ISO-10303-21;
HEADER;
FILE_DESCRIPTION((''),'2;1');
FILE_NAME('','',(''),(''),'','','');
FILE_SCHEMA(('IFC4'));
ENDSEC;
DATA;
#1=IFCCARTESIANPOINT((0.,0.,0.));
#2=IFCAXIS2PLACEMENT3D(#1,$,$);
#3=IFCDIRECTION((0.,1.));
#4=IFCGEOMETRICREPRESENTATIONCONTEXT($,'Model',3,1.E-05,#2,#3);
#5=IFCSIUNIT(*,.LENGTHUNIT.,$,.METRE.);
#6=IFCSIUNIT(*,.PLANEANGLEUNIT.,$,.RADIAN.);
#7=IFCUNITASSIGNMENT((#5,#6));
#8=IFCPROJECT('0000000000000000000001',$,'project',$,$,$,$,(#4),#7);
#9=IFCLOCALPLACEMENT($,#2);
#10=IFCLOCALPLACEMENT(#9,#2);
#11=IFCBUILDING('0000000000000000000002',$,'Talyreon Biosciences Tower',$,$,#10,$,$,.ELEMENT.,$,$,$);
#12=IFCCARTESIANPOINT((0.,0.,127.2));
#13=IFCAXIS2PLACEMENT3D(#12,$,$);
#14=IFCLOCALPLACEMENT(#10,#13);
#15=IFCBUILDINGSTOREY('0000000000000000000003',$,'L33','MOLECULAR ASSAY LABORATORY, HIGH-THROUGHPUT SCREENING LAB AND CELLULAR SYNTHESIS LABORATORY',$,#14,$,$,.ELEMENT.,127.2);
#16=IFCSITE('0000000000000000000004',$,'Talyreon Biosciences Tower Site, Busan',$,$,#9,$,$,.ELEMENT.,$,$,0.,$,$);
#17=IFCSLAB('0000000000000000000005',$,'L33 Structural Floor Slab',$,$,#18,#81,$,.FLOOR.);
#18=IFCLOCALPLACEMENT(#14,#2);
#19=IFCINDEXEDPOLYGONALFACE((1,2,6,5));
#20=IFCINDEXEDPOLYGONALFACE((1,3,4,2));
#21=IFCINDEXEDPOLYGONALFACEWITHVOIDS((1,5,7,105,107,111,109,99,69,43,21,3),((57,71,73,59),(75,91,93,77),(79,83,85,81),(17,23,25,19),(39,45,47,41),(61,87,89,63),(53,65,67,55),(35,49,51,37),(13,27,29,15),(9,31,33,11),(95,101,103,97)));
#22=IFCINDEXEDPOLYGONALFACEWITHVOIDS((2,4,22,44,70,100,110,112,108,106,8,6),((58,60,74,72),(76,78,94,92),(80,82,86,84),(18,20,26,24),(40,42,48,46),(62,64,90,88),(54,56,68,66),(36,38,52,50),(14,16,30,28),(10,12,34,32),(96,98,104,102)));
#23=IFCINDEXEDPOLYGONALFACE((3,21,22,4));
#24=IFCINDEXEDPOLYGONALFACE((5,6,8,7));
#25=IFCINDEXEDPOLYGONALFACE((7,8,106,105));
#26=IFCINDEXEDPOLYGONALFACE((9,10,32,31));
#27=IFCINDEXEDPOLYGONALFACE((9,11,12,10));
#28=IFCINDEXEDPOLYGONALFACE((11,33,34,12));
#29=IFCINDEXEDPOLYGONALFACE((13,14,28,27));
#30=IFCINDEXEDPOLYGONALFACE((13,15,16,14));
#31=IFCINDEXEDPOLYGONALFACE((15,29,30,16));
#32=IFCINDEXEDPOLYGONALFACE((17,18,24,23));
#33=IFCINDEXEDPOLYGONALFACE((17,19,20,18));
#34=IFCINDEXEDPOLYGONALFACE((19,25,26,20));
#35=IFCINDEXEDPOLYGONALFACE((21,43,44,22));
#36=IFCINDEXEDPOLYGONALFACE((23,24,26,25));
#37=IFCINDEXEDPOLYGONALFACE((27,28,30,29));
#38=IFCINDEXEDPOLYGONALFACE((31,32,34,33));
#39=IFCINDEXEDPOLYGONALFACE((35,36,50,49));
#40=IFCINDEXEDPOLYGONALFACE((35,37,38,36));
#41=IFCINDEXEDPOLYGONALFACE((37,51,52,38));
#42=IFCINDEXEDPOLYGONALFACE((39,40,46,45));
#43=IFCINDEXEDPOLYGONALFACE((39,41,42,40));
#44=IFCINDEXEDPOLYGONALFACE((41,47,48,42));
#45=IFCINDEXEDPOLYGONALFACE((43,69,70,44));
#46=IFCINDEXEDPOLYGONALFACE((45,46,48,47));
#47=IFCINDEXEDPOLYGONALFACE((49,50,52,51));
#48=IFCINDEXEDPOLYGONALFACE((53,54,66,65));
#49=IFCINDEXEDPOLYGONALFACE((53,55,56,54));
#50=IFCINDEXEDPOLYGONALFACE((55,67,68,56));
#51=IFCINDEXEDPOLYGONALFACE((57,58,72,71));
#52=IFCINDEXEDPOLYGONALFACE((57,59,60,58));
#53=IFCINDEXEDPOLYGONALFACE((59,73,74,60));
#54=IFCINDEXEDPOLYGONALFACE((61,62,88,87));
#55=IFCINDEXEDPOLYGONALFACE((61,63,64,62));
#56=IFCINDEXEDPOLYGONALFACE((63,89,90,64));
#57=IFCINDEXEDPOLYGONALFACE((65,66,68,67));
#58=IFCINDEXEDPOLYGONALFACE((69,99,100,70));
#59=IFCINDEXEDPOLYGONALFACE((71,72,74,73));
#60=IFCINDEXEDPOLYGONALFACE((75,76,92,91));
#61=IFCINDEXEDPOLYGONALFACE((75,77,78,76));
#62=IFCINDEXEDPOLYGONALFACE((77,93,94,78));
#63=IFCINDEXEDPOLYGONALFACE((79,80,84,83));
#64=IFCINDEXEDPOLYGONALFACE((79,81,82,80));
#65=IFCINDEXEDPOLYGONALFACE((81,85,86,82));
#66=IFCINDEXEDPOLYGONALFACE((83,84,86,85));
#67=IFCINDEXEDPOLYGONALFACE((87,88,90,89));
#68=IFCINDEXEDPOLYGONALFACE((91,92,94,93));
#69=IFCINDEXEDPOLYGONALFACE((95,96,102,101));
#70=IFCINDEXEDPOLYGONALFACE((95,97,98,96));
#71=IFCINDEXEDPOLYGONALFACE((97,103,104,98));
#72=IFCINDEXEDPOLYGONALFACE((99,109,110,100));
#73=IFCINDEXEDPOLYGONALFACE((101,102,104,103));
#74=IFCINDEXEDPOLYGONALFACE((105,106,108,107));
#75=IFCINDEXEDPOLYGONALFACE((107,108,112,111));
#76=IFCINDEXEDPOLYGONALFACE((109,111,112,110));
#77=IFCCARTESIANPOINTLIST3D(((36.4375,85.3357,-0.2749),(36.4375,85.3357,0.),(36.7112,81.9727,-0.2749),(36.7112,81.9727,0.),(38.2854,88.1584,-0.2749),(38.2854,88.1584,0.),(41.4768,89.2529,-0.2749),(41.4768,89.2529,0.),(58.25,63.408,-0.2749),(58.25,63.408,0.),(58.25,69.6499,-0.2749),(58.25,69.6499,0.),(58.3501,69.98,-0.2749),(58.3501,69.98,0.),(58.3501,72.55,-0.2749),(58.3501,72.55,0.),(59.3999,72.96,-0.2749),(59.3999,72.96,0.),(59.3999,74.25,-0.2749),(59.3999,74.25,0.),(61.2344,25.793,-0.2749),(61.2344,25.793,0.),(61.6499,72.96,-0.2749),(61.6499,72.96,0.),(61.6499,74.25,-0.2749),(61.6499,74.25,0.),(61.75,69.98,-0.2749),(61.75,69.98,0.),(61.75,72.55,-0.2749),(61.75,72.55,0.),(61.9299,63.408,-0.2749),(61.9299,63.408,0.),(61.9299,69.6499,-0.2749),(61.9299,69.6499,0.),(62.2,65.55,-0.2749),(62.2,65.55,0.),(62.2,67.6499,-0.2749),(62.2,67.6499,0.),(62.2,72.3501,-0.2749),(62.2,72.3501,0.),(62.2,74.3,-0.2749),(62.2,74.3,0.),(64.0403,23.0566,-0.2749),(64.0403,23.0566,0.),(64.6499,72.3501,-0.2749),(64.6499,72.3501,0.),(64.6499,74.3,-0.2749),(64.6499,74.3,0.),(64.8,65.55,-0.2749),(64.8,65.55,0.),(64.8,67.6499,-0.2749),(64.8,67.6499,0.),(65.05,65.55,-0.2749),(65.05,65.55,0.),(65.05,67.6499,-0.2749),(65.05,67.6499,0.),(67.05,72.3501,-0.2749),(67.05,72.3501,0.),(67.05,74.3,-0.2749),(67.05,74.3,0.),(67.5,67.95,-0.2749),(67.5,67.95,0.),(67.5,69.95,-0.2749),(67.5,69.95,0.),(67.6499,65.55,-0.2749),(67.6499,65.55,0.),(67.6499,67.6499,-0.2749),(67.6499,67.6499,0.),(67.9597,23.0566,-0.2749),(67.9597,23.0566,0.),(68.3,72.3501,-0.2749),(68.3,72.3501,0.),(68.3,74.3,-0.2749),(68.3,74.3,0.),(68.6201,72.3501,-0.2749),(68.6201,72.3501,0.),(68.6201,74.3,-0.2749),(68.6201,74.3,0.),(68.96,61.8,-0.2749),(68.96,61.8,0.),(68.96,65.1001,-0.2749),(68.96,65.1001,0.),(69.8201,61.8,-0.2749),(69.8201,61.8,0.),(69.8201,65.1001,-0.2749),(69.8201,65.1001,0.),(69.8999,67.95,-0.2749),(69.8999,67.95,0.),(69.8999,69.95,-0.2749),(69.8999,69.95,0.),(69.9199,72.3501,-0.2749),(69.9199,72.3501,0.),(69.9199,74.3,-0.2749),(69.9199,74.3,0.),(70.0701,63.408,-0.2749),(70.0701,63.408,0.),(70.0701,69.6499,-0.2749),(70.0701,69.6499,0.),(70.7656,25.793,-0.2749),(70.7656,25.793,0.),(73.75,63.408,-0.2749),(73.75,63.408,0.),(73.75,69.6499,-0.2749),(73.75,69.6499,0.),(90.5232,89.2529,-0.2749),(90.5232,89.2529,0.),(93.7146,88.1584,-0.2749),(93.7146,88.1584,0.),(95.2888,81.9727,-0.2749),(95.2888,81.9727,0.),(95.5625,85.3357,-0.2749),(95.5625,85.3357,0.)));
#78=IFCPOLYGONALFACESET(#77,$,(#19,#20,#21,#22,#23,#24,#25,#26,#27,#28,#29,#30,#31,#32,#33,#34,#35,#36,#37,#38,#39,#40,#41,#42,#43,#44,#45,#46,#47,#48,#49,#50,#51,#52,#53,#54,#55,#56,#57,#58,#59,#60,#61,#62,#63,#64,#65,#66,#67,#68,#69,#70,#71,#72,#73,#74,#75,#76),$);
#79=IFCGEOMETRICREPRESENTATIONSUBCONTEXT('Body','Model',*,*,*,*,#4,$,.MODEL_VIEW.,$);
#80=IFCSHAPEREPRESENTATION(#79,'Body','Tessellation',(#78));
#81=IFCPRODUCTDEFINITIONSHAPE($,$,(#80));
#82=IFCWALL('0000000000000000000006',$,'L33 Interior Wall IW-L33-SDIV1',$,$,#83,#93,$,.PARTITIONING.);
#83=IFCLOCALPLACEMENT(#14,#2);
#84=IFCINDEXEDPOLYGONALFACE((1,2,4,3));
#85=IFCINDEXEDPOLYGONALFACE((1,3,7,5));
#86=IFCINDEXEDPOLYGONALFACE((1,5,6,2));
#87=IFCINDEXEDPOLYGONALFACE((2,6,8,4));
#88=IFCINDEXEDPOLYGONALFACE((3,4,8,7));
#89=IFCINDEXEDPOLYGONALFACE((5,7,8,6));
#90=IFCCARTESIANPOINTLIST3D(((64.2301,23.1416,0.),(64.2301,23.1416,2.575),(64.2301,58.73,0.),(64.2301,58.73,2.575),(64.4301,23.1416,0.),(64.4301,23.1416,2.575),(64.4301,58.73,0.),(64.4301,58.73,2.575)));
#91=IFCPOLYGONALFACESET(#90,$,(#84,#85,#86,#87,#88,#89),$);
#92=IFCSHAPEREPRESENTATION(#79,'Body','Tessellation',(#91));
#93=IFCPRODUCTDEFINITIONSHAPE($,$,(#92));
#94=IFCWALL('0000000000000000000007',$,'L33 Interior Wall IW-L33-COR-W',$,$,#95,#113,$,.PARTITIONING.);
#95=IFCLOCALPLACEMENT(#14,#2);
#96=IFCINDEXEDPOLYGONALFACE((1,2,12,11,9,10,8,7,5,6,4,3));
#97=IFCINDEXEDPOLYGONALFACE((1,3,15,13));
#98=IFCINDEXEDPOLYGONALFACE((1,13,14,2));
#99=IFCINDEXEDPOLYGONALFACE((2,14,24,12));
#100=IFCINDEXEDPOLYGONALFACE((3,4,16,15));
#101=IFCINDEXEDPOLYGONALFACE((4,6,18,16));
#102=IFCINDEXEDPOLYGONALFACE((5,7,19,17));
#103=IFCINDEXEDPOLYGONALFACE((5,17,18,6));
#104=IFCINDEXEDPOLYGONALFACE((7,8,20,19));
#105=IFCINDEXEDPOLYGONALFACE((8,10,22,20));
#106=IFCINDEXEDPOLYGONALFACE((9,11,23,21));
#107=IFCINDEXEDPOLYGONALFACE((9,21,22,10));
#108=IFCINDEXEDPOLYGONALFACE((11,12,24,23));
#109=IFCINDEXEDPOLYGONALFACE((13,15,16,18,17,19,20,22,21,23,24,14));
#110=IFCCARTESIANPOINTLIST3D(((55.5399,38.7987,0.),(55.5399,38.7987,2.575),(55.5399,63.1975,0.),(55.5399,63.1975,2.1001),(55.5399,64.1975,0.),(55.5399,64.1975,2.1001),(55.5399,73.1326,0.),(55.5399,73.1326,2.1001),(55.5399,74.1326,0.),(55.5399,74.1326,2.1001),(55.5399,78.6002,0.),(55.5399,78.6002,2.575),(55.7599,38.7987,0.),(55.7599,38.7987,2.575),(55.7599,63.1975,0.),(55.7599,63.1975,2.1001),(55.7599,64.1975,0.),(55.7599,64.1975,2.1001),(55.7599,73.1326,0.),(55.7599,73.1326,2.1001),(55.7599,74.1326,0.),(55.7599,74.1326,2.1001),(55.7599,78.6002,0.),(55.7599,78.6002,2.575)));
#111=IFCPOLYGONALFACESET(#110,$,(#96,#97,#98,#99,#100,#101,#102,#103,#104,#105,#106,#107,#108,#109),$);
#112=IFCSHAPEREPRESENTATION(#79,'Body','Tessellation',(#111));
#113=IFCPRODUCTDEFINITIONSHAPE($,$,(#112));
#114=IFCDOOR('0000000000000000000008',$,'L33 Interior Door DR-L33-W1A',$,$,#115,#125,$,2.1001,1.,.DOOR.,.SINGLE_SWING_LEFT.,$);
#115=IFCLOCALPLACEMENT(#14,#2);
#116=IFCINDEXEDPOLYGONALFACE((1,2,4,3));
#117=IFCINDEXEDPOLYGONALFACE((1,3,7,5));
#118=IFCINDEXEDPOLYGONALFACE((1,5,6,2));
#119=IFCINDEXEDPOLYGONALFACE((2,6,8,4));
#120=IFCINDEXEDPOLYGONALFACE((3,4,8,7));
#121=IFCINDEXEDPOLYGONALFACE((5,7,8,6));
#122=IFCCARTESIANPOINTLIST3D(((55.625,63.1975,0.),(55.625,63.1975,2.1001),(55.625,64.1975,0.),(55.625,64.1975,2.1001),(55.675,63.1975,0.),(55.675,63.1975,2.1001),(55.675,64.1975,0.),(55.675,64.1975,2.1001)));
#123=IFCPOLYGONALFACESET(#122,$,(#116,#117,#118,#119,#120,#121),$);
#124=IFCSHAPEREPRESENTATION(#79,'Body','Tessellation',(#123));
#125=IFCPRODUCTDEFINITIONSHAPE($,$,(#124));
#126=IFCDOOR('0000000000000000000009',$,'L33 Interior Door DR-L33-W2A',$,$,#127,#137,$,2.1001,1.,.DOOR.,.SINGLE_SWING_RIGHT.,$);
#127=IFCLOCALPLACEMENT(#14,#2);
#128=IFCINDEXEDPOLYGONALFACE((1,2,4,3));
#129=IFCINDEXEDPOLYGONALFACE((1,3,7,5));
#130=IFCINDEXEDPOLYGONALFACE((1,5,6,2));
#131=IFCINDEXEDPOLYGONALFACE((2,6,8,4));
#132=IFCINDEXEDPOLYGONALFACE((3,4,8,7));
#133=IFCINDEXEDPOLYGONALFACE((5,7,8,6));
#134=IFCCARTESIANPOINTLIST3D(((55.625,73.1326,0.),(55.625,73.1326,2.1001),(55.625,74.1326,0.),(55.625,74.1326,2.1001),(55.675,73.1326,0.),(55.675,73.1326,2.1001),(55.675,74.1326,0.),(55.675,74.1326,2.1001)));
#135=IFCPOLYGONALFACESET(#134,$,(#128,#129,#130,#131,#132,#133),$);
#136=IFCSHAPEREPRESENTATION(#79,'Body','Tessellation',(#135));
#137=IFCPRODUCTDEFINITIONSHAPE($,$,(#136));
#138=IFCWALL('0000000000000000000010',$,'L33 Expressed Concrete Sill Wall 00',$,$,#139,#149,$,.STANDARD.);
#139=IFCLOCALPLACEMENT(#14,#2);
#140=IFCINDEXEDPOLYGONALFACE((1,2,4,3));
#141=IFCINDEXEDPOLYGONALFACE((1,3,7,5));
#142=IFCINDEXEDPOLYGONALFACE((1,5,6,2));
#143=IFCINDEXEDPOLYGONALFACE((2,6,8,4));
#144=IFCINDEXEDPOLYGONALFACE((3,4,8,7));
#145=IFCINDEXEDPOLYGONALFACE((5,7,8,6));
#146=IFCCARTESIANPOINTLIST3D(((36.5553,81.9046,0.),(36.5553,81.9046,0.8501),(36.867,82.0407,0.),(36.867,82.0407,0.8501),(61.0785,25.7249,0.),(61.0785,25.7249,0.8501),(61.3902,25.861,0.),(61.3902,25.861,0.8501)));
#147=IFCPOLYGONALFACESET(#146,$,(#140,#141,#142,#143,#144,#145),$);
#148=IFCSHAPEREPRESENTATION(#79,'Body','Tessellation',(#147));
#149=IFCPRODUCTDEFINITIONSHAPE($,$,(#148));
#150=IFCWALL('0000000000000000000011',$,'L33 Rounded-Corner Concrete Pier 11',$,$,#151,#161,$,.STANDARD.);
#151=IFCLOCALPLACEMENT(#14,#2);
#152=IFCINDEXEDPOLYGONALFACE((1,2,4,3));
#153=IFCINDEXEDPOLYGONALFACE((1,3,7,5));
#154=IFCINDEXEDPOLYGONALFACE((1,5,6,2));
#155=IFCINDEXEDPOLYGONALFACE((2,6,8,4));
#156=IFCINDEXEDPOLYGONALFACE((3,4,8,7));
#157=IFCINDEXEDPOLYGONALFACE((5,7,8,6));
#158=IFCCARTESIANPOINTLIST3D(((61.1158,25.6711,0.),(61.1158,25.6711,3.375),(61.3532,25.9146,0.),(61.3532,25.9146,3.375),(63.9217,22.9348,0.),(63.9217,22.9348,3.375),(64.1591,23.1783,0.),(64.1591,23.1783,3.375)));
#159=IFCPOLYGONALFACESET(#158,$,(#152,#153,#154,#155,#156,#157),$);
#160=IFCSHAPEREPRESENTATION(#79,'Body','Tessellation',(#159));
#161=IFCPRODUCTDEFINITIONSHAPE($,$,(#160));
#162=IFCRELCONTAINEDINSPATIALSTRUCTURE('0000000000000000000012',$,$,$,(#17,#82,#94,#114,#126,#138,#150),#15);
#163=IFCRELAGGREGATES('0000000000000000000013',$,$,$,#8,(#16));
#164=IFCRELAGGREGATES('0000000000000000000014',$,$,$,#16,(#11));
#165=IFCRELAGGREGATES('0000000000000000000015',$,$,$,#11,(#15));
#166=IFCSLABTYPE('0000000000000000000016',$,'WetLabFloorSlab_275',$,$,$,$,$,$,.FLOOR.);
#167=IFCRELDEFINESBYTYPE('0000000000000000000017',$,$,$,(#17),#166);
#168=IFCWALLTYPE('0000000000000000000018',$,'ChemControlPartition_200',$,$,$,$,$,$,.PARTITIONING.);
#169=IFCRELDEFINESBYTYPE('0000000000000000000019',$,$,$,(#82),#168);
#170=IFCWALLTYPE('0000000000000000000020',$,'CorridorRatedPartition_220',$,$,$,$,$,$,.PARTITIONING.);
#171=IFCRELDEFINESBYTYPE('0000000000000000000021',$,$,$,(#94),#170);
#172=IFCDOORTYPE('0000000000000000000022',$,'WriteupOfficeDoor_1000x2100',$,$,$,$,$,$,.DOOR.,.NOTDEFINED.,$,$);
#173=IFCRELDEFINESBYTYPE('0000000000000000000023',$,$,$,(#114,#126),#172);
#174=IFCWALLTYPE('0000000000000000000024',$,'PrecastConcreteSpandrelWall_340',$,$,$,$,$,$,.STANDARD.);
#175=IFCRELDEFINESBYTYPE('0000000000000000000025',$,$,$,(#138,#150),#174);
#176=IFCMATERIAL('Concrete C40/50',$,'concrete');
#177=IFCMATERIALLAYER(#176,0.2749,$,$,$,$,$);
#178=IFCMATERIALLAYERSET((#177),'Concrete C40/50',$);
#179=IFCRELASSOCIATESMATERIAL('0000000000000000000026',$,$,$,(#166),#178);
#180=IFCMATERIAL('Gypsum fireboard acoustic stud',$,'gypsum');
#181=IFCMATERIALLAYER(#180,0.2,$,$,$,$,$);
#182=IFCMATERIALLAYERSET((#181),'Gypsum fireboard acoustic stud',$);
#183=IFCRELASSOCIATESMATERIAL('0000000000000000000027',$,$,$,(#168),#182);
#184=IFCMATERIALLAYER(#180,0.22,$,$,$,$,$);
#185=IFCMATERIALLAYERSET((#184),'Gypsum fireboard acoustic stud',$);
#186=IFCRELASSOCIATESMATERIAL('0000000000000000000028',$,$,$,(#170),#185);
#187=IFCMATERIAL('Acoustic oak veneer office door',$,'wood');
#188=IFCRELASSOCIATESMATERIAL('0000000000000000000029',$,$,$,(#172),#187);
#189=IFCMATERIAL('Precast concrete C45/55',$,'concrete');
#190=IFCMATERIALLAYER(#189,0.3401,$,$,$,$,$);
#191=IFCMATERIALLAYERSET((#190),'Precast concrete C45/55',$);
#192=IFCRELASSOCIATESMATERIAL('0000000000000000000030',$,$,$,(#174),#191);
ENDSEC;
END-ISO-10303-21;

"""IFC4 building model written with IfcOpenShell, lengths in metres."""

from ifc_helpers import new_model, si_unit, direction, frame, frame_2d, origin, place, context, subcontext, project, spatial, polyline, rectangle, outline, extrude, material, layer, layer_set, type_object, element, fill, save


model = new_model("IFC4")

# Units and contexts
model_context = context("Model", 3, precision=1e-05, world=origin(), true_north=direction((0.0, 1.0)))
body_context = subcontext(model_context, "Body", "Model", "MODEL_VIEW")
ifc_project = project(units=[si_unit("LENGTHUNIT", "METRE"), si_unit("PLANEANGLEUNIT", "RADIAN")], contexts=[model_context])

# Site, building, storey
site_placement = place(None, origin())
site = spatial("IfcSite", under=ifc_project, at=site_placement, Name="Talyreon Biosciences Tower Site, Busan", CompositionType="ELEMENT", RefElevation=0.0)
building_placement = place(site_placement, origin())
building = spatial("IfcBuilding", under=site, at=building_placement, Name="Talyreon Biosciences Tower", CompositionType="ELEMENT")
storey_placement = place(building_placement, frame((0.0, 0.0, 127.2)))
storey = spatial("IfcBuildingStorey", under=building, at=storey_placement, Name="L33", Description="MOLECULAR ASSAY LABORATORY, HIGH-THROUGHPUT SCREENING LAB AND CELLULAR SYNTHESIS LABORATORY", CompositionType="ELEMENT", Elevation=127.2)

# Shared definitions
ifc_material_1 = material(Name="Precast concrete C45/55", Category="concrete")

# Shared definitions
ifc_material_2 = material(Name="Concrete C40/50", Category="concrete")

# Slab
ifc_layer_1 = layer(ifc_material_2, 0.2749)
ifc_layer_set_1 = layer_set([ifc_layer_1], Name="Concrete C40/50")
slab_type_1 = type_object("IfcSlabType", Name="WetLabFloorSlab_275", PredefinedType="FLOOR", material=ifc_layer_set_1)
slab_1_placement = place(storey_placement, frame((0.0, 0.0, -0.2749)))
element("IfcSlab", 1, at=slab_1_placement, inside=storey, type_object=slab_type_1, Name="L33 Structural Floor Slab", PredefinedType="FLOOR", context=body_context, shape_type="SweptSolid", body=[
    extrude(outline(polyline([(61.2344, 25.793), (36.7112, 81.9727), (36.4375, 85.3357), (38.2854, 88.1584), (41.4768, 89.2529), (90.5232, 89.2529), (93.7146, 88.1584), (95.5625, 85.3357), (95.2888, 81.9727), (70.7656, 25.793), (67.9597, 23.0566), (64.0403, 23.0566), (61.2344, 25.793)]), holes=[polyline([(61.9299, 69.6499), (61.9299, 63.408), (58.25, 63.408), (58.25, 69.6499), (61.9299, 69.6499)]), polyline([(64.8, 67.6499), (64.8, 65.55), (62.2, 65.55), (62.2, 67.6499), (64.8, 67.6499)]), polyline([(67.6499, 67.6499), (67.6499, 65.55), (65.05, 65.55), (65.05, 67.6499), (67.6499, 67.6499)]), polyline([(61.75, 69.98), (58.3501, 69.98), (58.3501, 72.55), (61.75, 72.55), (61.75, 69.98)]), polyline([(64.6499, 72.3501), (62.2, 72.3501), (62.2, 74.3), (64.6499, 74.3), (64.6499, 72.3501)]), polyline([(61.6499, 74.25), (61.6499, 72.96), (59.3999, 72.96), (59.3999, 74.25), (61.6499, 74.25)]), polyline([(69.8201, 61.8), (68.96, 61.8), (68.96, 65.1001), (69.8201, 65.1001), (69.8201, 61.8)]), polyline([(73.75, 63.408), (70.0701, 63.408), (70.0701, 69.6499), (73.75, 69.6499), (73.75, 63.408)]), polyline([(69.8999, 69.95), (69.8999, 67.95), (67.5, 67.95), (67.5, 69.95), (69.8999, 69.95)]), polyline([(68.3, 72.3501), (67.05, 72.3501), (67.05, 74.3), (68.3, 74.3), (68.3, 72.3501)]), polyline([(69.9199, 72.3501), (68.6201, 72.3501), (68.6201, 74.3), (69.9199, 74.3), (69.9199, 72.3501)])]), origin(), (0.0, 0.0, 1.0), 0.2749),
])

# Wall
ifc_material_3 = material(Name="Gypsum fireboard acoustic stud", Category="gypsum")
ifc_layer_2 = layer(ifc_material_3, 0.2)
ifc_layer_set_2 = layer_set([ifc_layer_2], Name="Gypsum fireboard acoustic stud")
wall_type_1 = type_object("IfcWallType", Name="ChemControlPartition_200", PredefinedType="PARTITIONING", material=ifc_layer_set_2)
wall_1_placement = place(storey_placement, frame((64.3301, 23.1416, 0.0), z_axis=(0.0, 0.0, 1.0), x_axis=(0.0, 1.0, 0.0)))
element("IfcWall", 2, at=wall_1_placement, inside=storey, type_object=wall_type_1, Name="L33 Interior Wall IW-L33-SDIV1", PredefinedType="PARTITIONING", context=body_context, shape_type="SweptSolid", body=[
    extrude(rectangle(XDim=35.5884, YDim=0.2, at=frame_2d((17.7942, 0.0))), origin(), (0.0, 0.0, 1.0), 2.575),
])

# Wall, openings, doors
ifc_layer_3 = layer(ifc_material_3, 0.22)
ifc_layer_set_3 = layer_set([ifc_layer_3], Name="Gypsum fireboard acoustic stud")
wall_type_2 = type_object("IfcWallType", Name="CorridorRatedPartition_220", PredefinedType="PARTITIONING", material=ifc_layer_set_3)
wall_2_placement = place(storey_placement, frame((55.6499, 38.7986, 0.0), z_axis=(0.0, 0.0, 1.0), x_axis=(0.0, 1.0, 0.0)))
wall_2 = element("IfcWall", 3, at=wall_2_placement, inside=storey, type_object=wall_type_2, Name="L33 Interior Wall IW-L33-COR-W", PredefinedType="PARTITIONING", context=body_context, shape_type="SweptSolid", body=[
    extrude(rectangle(XDim=39.8015, YDim=0.22, at=frame_2d((19.9009, 0.0))), origin(), (0.0, 0.0, 1.0), 2.575),
])
opening_1_placement = place(wall_2_placement, frame((24.3989, 0.0, 0.0)))
opening_1 = element("IfcOpeningElement", 4, at=opening_1_placement, cuts=wall_2, PredefinedType="OPENING", context=body_context, shape_type="SweptSolid", body=[
    extrude(rectangle(XDim=1.0, YDim=2.1001, at=frame_2d((0.5, 1.05))), frame((0.0, 0.1199, 0.0), z_axis=(0.0, -1.0, 0.0), x_axis=(1.0, 0.0, 0.0)), (0.0, 0.0, 1.0), 0.24),
])
opening_2_placement = place(wall_2_placement, frame((34.334, 0.0, 0.0)))
opening_2 = element("IfcOpeningElement", 5, at=opening_2_placement, cuts=wall_2, PredefinedType="OPENING", context=body_context, shape_type="SweptSolid", body=[
    extrude(rectangle(XDim=1.0, YDim=2.1001, at=frame_2d((0.5, 1.05))), frame((0.0, 0.1199, 0.0), z_axis=(0.0, -1.0, 0.0), x_axis=(1.0, 0.0, 0.0)), (0.0, 0.0, 1.0), 0.24),
])
ifc_material_4 = material(Name="Acoustic oak veneer office door", Category="wood")
door_type = type_object("IfcDoorType", Name="WriteupOfficeDoor_1000x2100", OperationType="NOTDEFINED", PredefinedType="DOOR", material=ifc_material_4)
door_1_placement = place(opening_1_placement, origin())
door_1 = element("IfcDoor", 6, at=door_1_placement, inside=storey, type_object=door_type, Name="L33 Interior Door DR-L33-W1A", OperationType="SINGLE_SWING_LEFT", OverallHeight=2.1001, OverallWidth=1.0, PredefinedType="DOOR", context=body_context, shape_type="SweptSolid", body=[
    extrude(rectangle(XDim=1.0, YDim=2.1001, at=frame_2d((0.5, 1.05))), frame((0.0, 0.0249, 0.0), z_axis=(0.0, -1.0, 0.0), x_axis=(1.0, 0.0, 0.0)), (0.0, 0.0, 1.0), 0.05),
])
fill(opening_1, door_1)
door_2_placement = place(opening_2_placement, origin())
door_2 = element("IfcDoor", 7, at=door_2_placement, inside=storey, type_object=door_type, Name="L33 Interior Door DR-L33-W2A", OperationType="SINGLE_SWING_RIGHT", OverallHeight=2.1001, OverallWidth=1.0, PredefinedType="DOOR", context=body_context, shape_type="SweptSolid", body=[
    extrude(rectangle(XDim=1.0, YDim=2.1001, at=frame_2d((0.5, 1.05))), frame((0.0, 0.0249, 0.0), z_axis=(0.0, -1.0, 0.0), x_axis=(1.0, 0.0, 0.0)), (0.0, 0.0, 1.0), 0.05),
])
fill(opening_2, door_2)

# Walls
ifc_layer_4 = layer(ifc_material_1, 0.3401)
ifc_layer_set_4 = layer_set([ifc_layer_4], Name="Precast concrete C45/55")
wall_type_3 = type_object("IfcWallType", Name="PrecastConcreteSpandrelWall_340", PredefinedType="STANDARD", material=ifc_layer_set_4)
wall_3_placement = place(storey_placement, frame((61.2344, 25.793, 0.0), z_axis=(0.0, 0.0, 1.0), x_axis=(-0.40006, 0.916489, 0.0)))
element("IfcWall", 8, at=wall_3_placement, inside=storey, type_object=wall_type_3, Name="L33 Expressed Concrete Sill Wall 00", PredefinedType="STANDARD", context=body_context, shape_type="SweptSolid", body=[
    extrude(rectangle(XDim=61.2988, YDim=0.3401, at=frame_2d((30.6494, 0.0))), origin(), (0.0, 0.0, 1.0), 0.8501),
])
wall_4_placement = place(storey_placement, frame((64.0403, 23.0566, 0.0), z_axis=(0.0, 0.0, 1.0), x_axis=(-0.715928, 0.698174, 0.0)))
element("IfcWall", 9, at=wall_4_placement, inside=storey, type_object=wall_type_3, Name="L33 Rounded-Corner Concrete Pier 11", PredefinedType="STANDARD", context=body_context, shape_type="SweptSolid", body=[
    extrude(rectangle(XDim=3.9192, YDim=0.3401, at=frame_2d((1.9595, 0.0))), origin(), (0.0, 0.0, 1.0), 3.375),
])

save(model, "model.ifc")
